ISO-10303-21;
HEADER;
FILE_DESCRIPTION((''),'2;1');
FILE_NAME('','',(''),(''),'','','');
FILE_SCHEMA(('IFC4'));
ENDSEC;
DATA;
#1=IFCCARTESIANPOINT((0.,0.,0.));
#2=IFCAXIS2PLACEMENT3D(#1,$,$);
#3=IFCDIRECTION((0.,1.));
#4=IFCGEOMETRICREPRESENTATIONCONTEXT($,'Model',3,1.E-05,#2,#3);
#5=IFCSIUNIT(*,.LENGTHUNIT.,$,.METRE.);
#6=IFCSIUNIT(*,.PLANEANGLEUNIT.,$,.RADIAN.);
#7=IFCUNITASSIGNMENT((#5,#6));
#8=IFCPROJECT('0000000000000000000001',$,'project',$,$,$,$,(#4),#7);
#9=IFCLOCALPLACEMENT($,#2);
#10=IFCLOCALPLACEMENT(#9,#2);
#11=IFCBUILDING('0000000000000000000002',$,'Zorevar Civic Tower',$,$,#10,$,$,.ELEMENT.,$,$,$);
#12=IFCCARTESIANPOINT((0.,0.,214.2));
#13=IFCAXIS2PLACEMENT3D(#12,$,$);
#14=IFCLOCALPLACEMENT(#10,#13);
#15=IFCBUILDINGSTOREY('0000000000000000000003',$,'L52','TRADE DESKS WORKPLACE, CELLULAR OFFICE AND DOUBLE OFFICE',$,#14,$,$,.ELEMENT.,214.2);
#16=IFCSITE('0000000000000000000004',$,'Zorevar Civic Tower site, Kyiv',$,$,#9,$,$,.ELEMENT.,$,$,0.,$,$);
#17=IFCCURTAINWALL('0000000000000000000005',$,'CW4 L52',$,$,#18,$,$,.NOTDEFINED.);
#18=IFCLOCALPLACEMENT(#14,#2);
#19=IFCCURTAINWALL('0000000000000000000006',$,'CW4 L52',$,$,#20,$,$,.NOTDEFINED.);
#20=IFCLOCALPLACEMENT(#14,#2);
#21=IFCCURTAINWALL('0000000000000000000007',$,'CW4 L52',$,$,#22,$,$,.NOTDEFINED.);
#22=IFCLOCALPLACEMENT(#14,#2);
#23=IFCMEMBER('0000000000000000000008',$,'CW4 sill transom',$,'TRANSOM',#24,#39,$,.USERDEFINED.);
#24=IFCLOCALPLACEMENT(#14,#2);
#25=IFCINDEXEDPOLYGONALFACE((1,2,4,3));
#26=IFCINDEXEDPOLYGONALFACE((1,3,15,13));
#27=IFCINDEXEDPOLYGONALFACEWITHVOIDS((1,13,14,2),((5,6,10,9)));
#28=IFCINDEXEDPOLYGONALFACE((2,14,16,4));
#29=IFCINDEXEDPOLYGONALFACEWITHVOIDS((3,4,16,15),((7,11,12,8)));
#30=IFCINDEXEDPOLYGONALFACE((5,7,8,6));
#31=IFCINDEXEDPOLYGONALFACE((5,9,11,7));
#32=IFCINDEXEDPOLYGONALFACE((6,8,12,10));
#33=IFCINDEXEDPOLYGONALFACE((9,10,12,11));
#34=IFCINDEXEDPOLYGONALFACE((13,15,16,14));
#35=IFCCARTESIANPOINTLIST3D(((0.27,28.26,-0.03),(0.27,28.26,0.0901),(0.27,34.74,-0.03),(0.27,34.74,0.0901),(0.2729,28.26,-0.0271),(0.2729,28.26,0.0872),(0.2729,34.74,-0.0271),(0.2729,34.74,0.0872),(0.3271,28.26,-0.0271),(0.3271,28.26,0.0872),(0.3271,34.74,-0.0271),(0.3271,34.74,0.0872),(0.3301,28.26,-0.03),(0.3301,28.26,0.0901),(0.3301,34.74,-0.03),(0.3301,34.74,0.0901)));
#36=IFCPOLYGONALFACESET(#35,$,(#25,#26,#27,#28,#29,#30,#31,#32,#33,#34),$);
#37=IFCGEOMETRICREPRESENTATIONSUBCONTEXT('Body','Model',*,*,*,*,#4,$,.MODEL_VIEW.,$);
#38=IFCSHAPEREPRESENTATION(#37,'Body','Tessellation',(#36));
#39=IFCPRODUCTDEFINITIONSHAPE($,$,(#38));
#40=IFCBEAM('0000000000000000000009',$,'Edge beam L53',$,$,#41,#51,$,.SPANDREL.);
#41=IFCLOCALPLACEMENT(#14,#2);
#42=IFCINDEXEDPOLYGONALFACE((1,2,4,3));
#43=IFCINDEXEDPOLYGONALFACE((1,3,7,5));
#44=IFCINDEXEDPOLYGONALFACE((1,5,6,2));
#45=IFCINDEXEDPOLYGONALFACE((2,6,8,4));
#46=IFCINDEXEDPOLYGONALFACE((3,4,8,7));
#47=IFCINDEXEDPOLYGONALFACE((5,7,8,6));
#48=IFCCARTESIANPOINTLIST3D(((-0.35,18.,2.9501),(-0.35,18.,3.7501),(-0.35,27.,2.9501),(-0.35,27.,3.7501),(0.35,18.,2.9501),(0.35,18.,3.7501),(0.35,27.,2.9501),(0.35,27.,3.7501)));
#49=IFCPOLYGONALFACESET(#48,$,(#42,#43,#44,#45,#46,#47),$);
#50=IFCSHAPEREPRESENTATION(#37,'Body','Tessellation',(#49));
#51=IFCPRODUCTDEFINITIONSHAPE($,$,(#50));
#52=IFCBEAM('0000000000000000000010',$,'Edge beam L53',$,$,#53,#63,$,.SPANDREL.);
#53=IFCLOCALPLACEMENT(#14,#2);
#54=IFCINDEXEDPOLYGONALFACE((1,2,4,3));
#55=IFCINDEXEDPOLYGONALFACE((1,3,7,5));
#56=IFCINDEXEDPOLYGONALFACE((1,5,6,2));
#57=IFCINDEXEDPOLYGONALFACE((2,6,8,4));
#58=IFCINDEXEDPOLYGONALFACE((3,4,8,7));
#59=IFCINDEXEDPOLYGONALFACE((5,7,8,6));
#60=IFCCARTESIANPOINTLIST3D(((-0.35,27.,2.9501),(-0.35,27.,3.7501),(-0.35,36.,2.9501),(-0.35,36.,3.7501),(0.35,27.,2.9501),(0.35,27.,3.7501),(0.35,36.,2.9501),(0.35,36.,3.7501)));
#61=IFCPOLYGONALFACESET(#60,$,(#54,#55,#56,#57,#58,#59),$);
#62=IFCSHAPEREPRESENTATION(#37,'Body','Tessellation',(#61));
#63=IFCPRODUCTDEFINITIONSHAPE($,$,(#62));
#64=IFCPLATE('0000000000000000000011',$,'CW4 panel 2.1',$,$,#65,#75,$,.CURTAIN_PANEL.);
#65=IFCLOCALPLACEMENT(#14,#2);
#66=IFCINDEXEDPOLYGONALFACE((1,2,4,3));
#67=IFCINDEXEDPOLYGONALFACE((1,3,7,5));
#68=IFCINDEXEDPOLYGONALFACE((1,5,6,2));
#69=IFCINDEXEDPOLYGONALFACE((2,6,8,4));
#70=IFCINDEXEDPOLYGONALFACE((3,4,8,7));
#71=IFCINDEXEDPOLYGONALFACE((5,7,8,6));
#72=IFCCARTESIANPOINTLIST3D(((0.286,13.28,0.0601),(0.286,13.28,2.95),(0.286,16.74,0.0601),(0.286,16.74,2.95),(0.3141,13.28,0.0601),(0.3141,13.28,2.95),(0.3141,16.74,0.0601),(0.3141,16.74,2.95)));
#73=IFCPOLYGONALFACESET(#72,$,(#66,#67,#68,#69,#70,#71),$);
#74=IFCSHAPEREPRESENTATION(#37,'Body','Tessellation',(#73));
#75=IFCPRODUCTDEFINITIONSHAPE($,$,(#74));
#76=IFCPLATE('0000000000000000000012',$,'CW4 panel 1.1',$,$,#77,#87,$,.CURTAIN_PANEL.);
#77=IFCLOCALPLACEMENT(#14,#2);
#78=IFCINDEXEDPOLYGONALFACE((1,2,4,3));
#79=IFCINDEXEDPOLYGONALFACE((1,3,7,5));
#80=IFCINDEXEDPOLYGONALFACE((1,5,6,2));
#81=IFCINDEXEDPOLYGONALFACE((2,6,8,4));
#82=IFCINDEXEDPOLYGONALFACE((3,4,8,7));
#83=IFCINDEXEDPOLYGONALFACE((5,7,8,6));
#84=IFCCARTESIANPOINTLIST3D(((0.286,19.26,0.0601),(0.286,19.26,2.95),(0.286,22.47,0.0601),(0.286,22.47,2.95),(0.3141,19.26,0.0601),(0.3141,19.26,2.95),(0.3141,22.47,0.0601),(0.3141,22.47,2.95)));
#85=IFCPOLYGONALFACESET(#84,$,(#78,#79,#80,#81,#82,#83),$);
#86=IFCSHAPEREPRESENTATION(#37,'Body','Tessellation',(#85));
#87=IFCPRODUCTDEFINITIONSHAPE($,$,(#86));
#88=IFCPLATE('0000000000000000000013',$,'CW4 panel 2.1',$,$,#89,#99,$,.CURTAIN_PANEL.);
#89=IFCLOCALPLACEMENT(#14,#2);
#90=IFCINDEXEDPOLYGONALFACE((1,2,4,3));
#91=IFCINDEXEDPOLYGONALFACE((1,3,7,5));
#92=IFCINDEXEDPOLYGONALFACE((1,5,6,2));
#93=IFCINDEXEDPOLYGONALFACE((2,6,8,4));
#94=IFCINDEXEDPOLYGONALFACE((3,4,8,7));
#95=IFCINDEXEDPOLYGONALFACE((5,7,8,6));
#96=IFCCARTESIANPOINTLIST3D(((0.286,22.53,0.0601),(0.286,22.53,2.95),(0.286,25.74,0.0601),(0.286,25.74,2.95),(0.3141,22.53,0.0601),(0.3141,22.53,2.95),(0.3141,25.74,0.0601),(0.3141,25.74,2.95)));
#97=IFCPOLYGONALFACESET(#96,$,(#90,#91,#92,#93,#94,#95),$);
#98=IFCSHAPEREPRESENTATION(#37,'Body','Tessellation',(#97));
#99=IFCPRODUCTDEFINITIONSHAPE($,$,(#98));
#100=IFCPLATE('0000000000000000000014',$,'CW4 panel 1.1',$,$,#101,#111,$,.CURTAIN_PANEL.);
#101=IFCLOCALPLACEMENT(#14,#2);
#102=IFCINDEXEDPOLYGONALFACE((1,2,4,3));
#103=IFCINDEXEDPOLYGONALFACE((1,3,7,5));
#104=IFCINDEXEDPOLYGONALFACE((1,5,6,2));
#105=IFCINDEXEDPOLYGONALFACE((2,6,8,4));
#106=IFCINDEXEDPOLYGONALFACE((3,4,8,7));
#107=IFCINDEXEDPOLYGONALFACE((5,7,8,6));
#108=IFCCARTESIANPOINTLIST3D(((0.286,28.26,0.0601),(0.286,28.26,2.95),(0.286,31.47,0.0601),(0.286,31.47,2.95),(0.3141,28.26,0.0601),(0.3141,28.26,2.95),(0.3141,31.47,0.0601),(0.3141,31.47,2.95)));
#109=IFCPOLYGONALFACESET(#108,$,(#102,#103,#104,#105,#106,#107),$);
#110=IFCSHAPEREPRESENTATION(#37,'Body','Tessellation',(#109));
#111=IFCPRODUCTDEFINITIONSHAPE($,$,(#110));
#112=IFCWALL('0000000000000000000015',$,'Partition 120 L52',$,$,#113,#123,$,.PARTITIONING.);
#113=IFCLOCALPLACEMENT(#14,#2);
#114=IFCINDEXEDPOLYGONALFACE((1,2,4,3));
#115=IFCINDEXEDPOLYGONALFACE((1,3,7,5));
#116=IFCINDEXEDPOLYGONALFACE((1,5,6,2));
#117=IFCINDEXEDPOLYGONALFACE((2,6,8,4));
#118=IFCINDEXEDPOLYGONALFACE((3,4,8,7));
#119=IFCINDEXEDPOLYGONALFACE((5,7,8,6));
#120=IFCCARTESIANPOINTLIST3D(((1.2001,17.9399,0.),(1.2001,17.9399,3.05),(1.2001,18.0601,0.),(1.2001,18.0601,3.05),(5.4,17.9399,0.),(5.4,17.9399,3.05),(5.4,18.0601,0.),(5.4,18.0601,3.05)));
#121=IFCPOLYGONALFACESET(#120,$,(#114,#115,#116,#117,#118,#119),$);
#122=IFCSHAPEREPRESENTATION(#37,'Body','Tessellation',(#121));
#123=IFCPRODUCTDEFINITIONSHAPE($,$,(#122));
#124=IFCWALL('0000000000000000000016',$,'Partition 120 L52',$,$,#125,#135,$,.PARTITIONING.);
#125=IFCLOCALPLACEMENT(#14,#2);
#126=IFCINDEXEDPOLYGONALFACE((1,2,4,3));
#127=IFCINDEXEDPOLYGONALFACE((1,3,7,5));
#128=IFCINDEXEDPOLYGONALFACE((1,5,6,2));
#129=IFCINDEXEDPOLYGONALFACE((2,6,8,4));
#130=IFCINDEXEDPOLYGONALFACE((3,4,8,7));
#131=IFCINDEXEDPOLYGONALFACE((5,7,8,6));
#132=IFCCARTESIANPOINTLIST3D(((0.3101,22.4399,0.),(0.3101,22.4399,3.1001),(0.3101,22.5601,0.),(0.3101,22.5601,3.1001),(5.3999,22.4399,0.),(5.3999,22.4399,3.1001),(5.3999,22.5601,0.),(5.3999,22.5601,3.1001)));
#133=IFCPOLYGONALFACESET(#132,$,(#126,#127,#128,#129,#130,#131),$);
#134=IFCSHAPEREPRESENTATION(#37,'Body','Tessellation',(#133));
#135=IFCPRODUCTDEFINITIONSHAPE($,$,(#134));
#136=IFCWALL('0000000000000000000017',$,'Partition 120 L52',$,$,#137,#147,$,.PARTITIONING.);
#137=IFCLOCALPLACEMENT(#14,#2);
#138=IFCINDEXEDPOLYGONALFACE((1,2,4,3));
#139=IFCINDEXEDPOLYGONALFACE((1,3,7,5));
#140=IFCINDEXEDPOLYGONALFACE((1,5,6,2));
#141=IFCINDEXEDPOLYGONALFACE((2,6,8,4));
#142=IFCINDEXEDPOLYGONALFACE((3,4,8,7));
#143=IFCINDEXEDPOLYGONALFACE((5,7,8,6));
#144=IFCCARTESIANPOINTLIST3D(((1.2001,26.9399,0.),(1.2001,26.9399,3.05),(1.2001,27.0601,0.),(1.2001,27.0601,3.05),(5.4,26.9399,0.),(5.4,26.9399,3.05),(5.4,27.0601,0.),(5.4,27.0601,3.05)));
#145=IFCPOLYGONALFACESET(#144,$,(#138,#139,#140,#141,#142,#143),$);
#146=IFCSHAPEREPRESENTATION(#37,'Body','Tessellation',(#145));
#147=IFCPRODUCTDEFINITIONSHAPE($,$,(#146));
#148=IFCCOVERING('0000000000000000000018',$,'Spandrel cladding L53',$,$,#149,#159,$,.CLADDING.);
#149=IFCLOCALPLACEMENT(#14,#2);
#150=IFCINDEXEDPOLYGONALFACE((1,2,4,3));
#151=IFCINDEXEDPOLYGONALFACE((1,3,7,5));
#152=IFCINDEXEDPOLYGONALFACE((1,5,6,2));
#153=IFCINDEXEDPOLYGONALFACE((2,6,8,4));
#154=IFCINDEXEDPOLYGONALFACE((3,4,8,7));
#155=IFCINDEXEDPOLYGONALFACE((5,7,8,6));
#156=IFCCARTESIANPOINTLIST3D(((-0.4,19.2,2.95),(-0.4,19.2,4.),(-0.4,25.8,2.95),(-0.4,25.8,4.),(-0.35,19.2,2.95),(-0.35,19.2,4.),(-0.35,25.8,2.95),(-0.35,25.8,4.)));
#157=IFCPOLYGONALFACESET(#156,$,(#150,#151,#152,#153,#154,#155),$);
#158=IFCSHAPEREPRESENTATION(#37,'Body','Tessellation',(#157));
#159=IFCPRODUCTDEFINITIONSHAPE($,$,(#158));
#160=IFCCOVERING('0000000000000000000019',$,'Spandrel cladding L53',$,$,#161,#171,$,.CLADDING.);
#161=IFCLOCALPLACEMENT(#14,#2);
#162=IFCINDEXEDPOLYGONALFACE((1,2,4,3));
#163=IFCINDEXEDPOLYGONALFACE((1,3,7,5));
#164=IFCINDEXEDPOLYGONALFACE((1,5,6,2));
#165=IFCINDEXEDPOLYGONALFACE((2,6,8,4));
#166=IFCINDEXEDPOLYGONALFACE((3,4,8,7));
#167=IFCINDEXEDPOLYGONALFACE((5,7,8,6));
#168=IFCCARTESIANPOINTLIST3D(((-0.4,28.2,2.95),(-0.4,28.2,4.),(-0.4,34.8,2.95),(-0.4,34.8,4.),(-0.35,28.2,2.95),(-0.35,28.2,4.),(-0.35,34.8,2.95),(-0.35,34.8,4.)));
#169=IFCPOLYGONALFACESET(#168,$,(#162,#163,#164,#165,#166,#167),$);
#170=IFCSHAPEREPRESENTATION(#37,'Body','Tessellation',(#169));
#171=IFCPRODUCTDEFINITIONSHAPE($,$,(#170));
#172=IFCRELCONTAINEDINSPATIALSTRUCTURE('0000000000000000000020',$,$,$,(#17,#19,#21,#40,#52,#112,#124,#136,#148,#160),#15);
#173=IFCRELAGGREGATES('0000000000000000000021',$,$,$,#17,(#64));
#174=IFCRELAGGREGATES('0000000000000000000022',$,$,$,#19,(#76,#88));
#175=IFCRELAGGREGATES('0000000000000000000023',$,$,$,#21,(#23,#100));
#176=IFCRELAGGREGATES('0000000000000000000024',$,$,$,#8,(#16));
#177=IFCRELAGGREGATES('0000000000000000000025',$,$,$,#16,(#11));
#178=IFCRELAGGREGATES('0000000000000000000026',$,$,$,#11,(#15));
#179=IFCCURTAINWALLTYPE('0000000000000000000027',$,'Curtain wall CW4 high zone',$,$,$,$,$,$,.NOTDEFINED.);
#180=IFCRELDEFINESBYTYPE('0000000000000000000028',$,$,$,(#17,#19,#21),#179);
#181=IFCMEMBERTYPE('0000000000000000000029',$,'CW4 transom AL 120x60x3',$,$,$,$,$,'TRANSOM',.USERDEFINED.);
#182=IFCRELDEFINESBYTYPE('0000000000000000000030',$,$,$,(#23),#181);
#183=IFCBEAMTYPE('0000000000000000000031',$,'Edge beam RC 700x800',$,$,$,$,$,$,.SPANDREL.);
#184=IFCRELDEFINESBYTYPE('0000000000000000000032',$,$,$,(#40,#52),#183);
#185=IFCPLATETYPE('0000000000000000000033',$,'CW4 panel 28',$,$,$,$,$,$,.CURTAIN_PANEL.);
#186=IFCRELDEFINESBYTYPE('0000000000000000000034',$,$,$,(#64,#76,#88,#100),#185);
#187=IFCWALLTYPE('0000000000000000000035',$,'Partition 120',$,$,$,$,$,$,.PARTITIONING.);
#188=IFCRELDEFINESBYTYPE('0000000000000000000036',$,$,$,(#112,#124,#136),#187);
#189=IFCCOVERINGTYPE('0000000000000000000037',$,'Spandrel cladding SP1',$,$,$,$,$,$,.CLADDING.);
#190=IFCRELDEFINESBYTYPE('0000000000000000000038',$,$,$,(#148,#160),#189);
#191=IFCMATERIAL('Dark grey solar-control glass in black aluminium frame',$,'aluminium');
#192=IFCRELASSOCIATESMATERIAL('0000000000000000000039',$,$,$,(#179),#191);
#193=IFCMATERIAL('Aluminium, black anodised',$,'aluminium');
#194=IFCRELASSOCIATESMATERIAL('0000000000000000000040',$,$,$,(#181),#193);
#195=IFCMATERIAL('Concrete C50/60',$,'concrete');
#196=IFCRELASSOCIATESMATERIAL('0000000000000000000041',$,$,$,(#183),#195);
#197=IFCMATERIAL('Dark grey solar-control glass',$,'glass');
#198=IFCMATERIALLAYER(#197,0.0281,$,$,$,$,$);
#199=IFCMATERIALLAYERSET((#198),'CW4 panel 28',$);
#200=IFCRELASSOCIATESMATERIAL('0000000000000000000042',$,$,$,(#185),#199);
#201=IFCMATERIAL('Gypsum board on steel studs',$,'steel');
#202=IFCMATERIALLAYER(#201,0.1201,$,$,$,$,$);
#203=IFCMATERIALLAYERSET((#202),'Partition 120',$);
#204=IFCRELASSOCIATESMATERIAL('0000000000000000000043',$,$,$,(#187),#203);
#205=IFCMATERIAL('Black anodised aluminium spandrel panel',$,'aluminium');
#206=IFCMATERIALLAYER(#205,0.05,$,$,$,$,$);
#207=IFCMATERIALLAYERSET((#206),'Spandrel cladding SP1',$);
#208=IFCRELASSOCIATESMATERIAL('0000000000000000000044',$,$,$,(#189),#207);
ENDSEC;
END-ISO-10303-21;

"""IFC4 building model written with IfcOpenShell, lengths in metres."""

from ifc_helpers import new_model, si_unit, direction, frame, frame_2d, origin, origin_2d, place, context, subcontext, project, spatial, rectangle, hollow_rectangle, extrude, material, layer, layer_set, material_profile, profile_set, type_object, element, aggregate, save


model = new_model("IFC4")

# Units and contexts
model_context = context("Model", 3, precision=1e-05, world=origin(), true_north=direction((0.0, 1.0)))
body_context = subcontext(model_context, "Body", "Model", "MODEL_VIEW")
ifc_project = project(units=[si_unit("LENGTHUNIT", "METRE"), si_unit("PLANEANGLEUNIT", "RADIAN")], contexts=[model_context])

# Site, building, storey
site_placement = place(None, origin())
site = spatial("IfcSite", under=ifc_project, at=site_placement, Name="Zorevar Civic Tower site, Kyiv", CompositionType="ELEMENT", RefElevation=0.0)
building_placement = place(site_placement, origin())
building = spatial("IfcBuilding", under=site, at=building_placement, Name="Zorevar Civic Tower", CompositionType="ELEMENT")
storey_placement = place(building_placement, frame((0.0, 0.0, 214.2)))
storey = spatial("IfcBuildingStorey", under=building, at=storey_placement, Name="L52", Description="TRADE DESKS WORKPLACE, CELLULAR OFFICE AND DOUBLE OFFICE", CompositionType="ELEMENT", Elevation=214.2)

# Curtain wall
ifc_material_1 = material(Name="Dark grey solar-control glass in black aluminium frame", Category="aluminium")
curtain_wall_type = type_object("IfcCurtainWallType", Name="Curtain wall CW4 high zone", PredefinedType="NOTDEFINED", material=ifc_material_1)
curtain_wall_1_placement = place(storey_placement, origin())
curtain_wall_1 = element("IfcCurtainWall", 1, at=curtain_wall_1_placement, inside=storey, type_object=curtain_wall_type, Name="CW4 L52", PredefinedType="NOTDEFINED")

# Curtain walls
curtain_wall_2_placement = place(storey_placement, origin())
curtain_wall_2 = element("IfcCurtainWall", 2, at=curtain_wall_2_placement, inside=storey, type_object=curtain_wall_type, Name="CW4 L52", PredefinedType="NOTDEFINED")
curtain_wall_3_placement = place(storey_placement, origin())
curtain_wall_3 = element("IfcCurtainWall", 3, at=curtain_wall_3_placement, inside=storey, type_object=curtain_wall_type, Name="CW4 L52", PredefinedType="NOTDEFINED")

# Member
ifc_material_2 = material(Name="Aluminium, black anodised", Category="aluminium")
ifc_material_profile_1 = material_profile(ifc_material_2, hollow_rectangle(XDim=0.0601, YDim=0.1201, WallThickness=0.0029, at=origin_2d()), Name="AL 120x60x3")
ifc_profile_set_1 = profile_set([ifc_material_profile_1], Name="Aluminium, black anodised")
member_type_1 = type_object("IfcMemberType", Name="CW4 transom AL 120x60x3", ElementType="TRANSOM", PredefinedType="USERDEFINED", material=ifc_profile_set_1)
member_1_placement = place(storey_placement, frame((0.3, 28.26, 0.03), z_axis=(0.0, 1.0, 0.0), x_axis=(-1.0, 0.0, 0.0)))
member_1 = element("IfcMember", 4, at=member_1_placement, type_object=member_type_1, Name="CW4 sill transom", ObjectType="TRANSOM", PredefinedType="USERDEFINED", context=body_context, shape_type="SweptSolid", body=[
    extrude(hollow_rectangle(XDim=0.0601, YDim=0.1201, WallThickness=0.0029, at=origin_2d()), origin(), (0.0, 0.0, 1.0), 6.48),
])

# Beams
ifc_material_3 = material(Name="Concrete C50/60", Category="concrete")
ifc_material_profile_2 = material_profile(ifc_material_3, rectangle(XDim=0.7, YDim=0.8, at=origin_2d()), Name="RC 700x800")
ifc_profile_set_2 = profile_set([ifc_material_profile_2], Name="Concrete C50/60")
beam_type_1 = type_object("IfcBeamType", Name="Edge beam RC 700x800", PredefinedType="SPANDREL", material=ifc_profile_set_2)
for number, where, z_axis, x_axis, name in (
    (5, (0.0, 18.0, 3.3501), (0.0, 1.0, 0.0), (-1.0, 0.0, 0.0), "Edge beam L53"),
    (6, (0.0, 27.0, 3.3501), (0.0, 1.0, 0.0), (-1.0, 0.0, 0.0), "Edge beam L53"),
):
    element("IfcBeam", number, at=place(storey_placement, frame(where, z_axis=z_axis, x_axis=x_axis)), inside=storey, type_object=beam_type_1, Name=name, PredefinedType="SPANDREL", context=body_context, shape_type="SweptSolid", body=[
        extrude(rectangle(XDim=0.7, YDim=0.8, at=origin_2d()), origin(), (0.0, 0.0, 1.0), 9.0),
    ])

# Plates
ifc_material_4 = material(Name="Dark grey solar-control glass", Category="glass")
ifc_layer_1 = layer(ifc_material_4, 0.0281)
ifc_layer_set_1 = layer_set([ifc_layer_1], Name="CW4 panel 28")
plate_type = type_object("IfcPlateType", Name="CW4 panel 28", PredefinedType="CURTAIN_PANEL", material=ifc_layer_set_1)
plate_1_placement = place(storey_placement, frame((0.3, 15.01, 0.0601), z_axis=(0.0, 0.0, 1.0), x_axis=(0.0, 1.0, 0.0)))
plate_1 = element("IfcPlate", 7, at=plate_1_placement, type_object=plate_type, Name="CW4 panel 2.1", PredefinedType="CURTAIN_PANEL", context=body_context, shape_type="SweptSolid", body=[
    extrude(rectangle(XDim=3.46, YDim=0.0281, at=origin_2d()), origin(), (0.0, 0.0, 1.0), 2.8899),
])
aggregate(curtain_wall_1, [plate_1])
plate_2_placement = place(storey_placement, frame((0.3, 20.865, 0.0601), z_axis=(0.0, 0.0, 1.0), x_axis=(0.0, 1.0, 0.0)))
plate_2 = element("IfcPlate", 8, at=plate_2_placement, type_object=plate_type, Name="CW4 panel 1.1", PredefinedType="CURTAIN_PANEL", context=body_context, shape_type="SweptSolid", body=[
    extrude(rectangle(XDim=3.21, YDim=0.0281, at=origin_2d()), origin(), (0.0, 0.0, 1.0), 2.8899),
])
plate_3_placement = place(storey_placement, frame((0.3, 24.135, 0.0601), z_axis=(0.0, 0.0, 1.0), x_axis=(0.0, 1.0, 0.0)))
plate_3 = element("IfcPlate", 9, at=plate_3_placement, type_object=plate_type, Name="CW4 panel 2.1", PredefinedType="CURTAIN_PANEL", context=body_context, shape_type="SweptSolid", body=[
    extrude(rectangle(XDim=3.21, YDim=0.0281, at=origin_2d()), origin(), (0.0, 0.0, 1.0), 2.8899),
])
aggregate(curtain_wall_2, [plate_2, plate_3])
plate_4_placement = place(storey_placement, frame((0.3, 29.865, 0.0601), z_axis=(0.0, 0.0, 1.0), x_axis=(0.0, 1.0, 0.0)))
plate_4 = element("IfcPlate", 10, at=plate_4_placement, type_object=plate_type, Name="CW4 panel 1.1", PredefinedType="CURTAIN_PANEL", context=body_context, shape_type="SweptSolid", body=[
    extrude(rectangle(XDim=3.21, YDim=0.0281, at=origin_2d()), origin(), (0.0, 0.0, 1.0), 2.8899),
])
aggregate(curtain_wall_3, [member_1, plate_4])

# Walls
ifc_material_5 = material(Name="Gypsum board on steel studs", Category="steel")
ifc_layer_2 = layer(ifc_material_5, 0.1201)
ifc_layer_set_2 = layer_set([ifc_layer_2], Name="Partition 120")
wall_type = type_object("IfcWallType", Name="Partition 120", PredefinedType="PARTITIONING", material=ifc_layer_set_2)
wall_1_placement = place(storey_placement, frame((1.2, 18.0, 0.0), z_axis=(0.0, 0.0, 1.0), x_axis=(1.0, 0.0, 0.0)))
element("IfcWall", 11, at=wall_1_placement, inside=storey, type_object=wall_type, Name="Partition 120 L52", PredefinedType="PARTITIONING", context=body_context, shape_type="SweptSolid", body=[
    extrude(rectangle(XDim=4.2, YDim=0.1201, at=frame_2d((2.1001, 0.0))), origin(), (0.0, 0.0, 1.0), 3.05),
])
wall_2_placement = place(storey_placement, frame((0.3101, 22.5, 0.0), z_axis=(0.0, 0.0, 1.0), x_axis=(1.0, 0.0, 0.0)))
element("IfcWall", 12, at=wall_2_placement, inside=storey, type_object=wall_type, Name="Partition 120 L52", PredefinedType="PARTITIONING", context=body_context, shape_type="SweptSolid", body=[
    extrude(rectangle(XDim=5.0898, YDim=0.1201, at=frame_2d((2.5449, 0.0))), origin(), (0.0, 0.0, 1.0), 3.1001),
])
wall_3_placement = place(storey_placement, frame((1.2, 27.0, 0.0), z_axis=(0.0, 0.0, 1.0), x_axis=(1.0, 0.0, 0.0)))
element("IfcWall", 13, at=wall_3_placement, inside=storey, type_object=wall_type, Name="Partition 120 L52", PredefinedType="PARTITIONING", context=body_context, shape_type="SweptSolid", body=[
    extrude(rectangle(XDim=4.2, YDim=0.1201, at=frame_2d((2.1001, 0.0))), origin(), (0.0, 0.0, 1.0), 3.05),
])

# Coverings
ifc_material_6 = material(Name="Black anodised aluminium spandrel panel", Category="aluminium")
ifc_layer_3 = layer(ifc_material_6, 0.05)
ifc_layer_set_3 = layer_set([ifc_layer_3], Name="Spandrel cladding SP1")
covering_type = type_object("IfcCoveringType", Name="Spandrel cladding SP1", PredefinedType="CLADDING", material=ifc_layer_set_3)
for number, where, z_axis, x_axis, name in (
    (14, (-0.375, 19.2, 2.95), (0.0, 0.0, 1.0), (0.0, 1.0, 0.0), "Spandrel cladding L53"),
    (15, (-0.375, 28.2, 2.95), (0.0, 0.0, 1.0), (0.0, 1.0, 0.0), "Spandrel cladding L53"),
):
    element("IfcCovering", number, at=place(storey_placement, frame(where, z_axis=z_axis, x_axis=x_axis)), inside=storey, type_object=covering_type, Name=name, PredefinedType="CLADDING", context=body_context, shape_type="SweptSolid", body=[
        extrude(rectangle(XDim=6.6001, YDim=0.05, at=frame_2d((3.3, 0.0))), origin(), (0.0, 0.0, 1.0), 1.05),
    ])

save(model, "model.ifc")
